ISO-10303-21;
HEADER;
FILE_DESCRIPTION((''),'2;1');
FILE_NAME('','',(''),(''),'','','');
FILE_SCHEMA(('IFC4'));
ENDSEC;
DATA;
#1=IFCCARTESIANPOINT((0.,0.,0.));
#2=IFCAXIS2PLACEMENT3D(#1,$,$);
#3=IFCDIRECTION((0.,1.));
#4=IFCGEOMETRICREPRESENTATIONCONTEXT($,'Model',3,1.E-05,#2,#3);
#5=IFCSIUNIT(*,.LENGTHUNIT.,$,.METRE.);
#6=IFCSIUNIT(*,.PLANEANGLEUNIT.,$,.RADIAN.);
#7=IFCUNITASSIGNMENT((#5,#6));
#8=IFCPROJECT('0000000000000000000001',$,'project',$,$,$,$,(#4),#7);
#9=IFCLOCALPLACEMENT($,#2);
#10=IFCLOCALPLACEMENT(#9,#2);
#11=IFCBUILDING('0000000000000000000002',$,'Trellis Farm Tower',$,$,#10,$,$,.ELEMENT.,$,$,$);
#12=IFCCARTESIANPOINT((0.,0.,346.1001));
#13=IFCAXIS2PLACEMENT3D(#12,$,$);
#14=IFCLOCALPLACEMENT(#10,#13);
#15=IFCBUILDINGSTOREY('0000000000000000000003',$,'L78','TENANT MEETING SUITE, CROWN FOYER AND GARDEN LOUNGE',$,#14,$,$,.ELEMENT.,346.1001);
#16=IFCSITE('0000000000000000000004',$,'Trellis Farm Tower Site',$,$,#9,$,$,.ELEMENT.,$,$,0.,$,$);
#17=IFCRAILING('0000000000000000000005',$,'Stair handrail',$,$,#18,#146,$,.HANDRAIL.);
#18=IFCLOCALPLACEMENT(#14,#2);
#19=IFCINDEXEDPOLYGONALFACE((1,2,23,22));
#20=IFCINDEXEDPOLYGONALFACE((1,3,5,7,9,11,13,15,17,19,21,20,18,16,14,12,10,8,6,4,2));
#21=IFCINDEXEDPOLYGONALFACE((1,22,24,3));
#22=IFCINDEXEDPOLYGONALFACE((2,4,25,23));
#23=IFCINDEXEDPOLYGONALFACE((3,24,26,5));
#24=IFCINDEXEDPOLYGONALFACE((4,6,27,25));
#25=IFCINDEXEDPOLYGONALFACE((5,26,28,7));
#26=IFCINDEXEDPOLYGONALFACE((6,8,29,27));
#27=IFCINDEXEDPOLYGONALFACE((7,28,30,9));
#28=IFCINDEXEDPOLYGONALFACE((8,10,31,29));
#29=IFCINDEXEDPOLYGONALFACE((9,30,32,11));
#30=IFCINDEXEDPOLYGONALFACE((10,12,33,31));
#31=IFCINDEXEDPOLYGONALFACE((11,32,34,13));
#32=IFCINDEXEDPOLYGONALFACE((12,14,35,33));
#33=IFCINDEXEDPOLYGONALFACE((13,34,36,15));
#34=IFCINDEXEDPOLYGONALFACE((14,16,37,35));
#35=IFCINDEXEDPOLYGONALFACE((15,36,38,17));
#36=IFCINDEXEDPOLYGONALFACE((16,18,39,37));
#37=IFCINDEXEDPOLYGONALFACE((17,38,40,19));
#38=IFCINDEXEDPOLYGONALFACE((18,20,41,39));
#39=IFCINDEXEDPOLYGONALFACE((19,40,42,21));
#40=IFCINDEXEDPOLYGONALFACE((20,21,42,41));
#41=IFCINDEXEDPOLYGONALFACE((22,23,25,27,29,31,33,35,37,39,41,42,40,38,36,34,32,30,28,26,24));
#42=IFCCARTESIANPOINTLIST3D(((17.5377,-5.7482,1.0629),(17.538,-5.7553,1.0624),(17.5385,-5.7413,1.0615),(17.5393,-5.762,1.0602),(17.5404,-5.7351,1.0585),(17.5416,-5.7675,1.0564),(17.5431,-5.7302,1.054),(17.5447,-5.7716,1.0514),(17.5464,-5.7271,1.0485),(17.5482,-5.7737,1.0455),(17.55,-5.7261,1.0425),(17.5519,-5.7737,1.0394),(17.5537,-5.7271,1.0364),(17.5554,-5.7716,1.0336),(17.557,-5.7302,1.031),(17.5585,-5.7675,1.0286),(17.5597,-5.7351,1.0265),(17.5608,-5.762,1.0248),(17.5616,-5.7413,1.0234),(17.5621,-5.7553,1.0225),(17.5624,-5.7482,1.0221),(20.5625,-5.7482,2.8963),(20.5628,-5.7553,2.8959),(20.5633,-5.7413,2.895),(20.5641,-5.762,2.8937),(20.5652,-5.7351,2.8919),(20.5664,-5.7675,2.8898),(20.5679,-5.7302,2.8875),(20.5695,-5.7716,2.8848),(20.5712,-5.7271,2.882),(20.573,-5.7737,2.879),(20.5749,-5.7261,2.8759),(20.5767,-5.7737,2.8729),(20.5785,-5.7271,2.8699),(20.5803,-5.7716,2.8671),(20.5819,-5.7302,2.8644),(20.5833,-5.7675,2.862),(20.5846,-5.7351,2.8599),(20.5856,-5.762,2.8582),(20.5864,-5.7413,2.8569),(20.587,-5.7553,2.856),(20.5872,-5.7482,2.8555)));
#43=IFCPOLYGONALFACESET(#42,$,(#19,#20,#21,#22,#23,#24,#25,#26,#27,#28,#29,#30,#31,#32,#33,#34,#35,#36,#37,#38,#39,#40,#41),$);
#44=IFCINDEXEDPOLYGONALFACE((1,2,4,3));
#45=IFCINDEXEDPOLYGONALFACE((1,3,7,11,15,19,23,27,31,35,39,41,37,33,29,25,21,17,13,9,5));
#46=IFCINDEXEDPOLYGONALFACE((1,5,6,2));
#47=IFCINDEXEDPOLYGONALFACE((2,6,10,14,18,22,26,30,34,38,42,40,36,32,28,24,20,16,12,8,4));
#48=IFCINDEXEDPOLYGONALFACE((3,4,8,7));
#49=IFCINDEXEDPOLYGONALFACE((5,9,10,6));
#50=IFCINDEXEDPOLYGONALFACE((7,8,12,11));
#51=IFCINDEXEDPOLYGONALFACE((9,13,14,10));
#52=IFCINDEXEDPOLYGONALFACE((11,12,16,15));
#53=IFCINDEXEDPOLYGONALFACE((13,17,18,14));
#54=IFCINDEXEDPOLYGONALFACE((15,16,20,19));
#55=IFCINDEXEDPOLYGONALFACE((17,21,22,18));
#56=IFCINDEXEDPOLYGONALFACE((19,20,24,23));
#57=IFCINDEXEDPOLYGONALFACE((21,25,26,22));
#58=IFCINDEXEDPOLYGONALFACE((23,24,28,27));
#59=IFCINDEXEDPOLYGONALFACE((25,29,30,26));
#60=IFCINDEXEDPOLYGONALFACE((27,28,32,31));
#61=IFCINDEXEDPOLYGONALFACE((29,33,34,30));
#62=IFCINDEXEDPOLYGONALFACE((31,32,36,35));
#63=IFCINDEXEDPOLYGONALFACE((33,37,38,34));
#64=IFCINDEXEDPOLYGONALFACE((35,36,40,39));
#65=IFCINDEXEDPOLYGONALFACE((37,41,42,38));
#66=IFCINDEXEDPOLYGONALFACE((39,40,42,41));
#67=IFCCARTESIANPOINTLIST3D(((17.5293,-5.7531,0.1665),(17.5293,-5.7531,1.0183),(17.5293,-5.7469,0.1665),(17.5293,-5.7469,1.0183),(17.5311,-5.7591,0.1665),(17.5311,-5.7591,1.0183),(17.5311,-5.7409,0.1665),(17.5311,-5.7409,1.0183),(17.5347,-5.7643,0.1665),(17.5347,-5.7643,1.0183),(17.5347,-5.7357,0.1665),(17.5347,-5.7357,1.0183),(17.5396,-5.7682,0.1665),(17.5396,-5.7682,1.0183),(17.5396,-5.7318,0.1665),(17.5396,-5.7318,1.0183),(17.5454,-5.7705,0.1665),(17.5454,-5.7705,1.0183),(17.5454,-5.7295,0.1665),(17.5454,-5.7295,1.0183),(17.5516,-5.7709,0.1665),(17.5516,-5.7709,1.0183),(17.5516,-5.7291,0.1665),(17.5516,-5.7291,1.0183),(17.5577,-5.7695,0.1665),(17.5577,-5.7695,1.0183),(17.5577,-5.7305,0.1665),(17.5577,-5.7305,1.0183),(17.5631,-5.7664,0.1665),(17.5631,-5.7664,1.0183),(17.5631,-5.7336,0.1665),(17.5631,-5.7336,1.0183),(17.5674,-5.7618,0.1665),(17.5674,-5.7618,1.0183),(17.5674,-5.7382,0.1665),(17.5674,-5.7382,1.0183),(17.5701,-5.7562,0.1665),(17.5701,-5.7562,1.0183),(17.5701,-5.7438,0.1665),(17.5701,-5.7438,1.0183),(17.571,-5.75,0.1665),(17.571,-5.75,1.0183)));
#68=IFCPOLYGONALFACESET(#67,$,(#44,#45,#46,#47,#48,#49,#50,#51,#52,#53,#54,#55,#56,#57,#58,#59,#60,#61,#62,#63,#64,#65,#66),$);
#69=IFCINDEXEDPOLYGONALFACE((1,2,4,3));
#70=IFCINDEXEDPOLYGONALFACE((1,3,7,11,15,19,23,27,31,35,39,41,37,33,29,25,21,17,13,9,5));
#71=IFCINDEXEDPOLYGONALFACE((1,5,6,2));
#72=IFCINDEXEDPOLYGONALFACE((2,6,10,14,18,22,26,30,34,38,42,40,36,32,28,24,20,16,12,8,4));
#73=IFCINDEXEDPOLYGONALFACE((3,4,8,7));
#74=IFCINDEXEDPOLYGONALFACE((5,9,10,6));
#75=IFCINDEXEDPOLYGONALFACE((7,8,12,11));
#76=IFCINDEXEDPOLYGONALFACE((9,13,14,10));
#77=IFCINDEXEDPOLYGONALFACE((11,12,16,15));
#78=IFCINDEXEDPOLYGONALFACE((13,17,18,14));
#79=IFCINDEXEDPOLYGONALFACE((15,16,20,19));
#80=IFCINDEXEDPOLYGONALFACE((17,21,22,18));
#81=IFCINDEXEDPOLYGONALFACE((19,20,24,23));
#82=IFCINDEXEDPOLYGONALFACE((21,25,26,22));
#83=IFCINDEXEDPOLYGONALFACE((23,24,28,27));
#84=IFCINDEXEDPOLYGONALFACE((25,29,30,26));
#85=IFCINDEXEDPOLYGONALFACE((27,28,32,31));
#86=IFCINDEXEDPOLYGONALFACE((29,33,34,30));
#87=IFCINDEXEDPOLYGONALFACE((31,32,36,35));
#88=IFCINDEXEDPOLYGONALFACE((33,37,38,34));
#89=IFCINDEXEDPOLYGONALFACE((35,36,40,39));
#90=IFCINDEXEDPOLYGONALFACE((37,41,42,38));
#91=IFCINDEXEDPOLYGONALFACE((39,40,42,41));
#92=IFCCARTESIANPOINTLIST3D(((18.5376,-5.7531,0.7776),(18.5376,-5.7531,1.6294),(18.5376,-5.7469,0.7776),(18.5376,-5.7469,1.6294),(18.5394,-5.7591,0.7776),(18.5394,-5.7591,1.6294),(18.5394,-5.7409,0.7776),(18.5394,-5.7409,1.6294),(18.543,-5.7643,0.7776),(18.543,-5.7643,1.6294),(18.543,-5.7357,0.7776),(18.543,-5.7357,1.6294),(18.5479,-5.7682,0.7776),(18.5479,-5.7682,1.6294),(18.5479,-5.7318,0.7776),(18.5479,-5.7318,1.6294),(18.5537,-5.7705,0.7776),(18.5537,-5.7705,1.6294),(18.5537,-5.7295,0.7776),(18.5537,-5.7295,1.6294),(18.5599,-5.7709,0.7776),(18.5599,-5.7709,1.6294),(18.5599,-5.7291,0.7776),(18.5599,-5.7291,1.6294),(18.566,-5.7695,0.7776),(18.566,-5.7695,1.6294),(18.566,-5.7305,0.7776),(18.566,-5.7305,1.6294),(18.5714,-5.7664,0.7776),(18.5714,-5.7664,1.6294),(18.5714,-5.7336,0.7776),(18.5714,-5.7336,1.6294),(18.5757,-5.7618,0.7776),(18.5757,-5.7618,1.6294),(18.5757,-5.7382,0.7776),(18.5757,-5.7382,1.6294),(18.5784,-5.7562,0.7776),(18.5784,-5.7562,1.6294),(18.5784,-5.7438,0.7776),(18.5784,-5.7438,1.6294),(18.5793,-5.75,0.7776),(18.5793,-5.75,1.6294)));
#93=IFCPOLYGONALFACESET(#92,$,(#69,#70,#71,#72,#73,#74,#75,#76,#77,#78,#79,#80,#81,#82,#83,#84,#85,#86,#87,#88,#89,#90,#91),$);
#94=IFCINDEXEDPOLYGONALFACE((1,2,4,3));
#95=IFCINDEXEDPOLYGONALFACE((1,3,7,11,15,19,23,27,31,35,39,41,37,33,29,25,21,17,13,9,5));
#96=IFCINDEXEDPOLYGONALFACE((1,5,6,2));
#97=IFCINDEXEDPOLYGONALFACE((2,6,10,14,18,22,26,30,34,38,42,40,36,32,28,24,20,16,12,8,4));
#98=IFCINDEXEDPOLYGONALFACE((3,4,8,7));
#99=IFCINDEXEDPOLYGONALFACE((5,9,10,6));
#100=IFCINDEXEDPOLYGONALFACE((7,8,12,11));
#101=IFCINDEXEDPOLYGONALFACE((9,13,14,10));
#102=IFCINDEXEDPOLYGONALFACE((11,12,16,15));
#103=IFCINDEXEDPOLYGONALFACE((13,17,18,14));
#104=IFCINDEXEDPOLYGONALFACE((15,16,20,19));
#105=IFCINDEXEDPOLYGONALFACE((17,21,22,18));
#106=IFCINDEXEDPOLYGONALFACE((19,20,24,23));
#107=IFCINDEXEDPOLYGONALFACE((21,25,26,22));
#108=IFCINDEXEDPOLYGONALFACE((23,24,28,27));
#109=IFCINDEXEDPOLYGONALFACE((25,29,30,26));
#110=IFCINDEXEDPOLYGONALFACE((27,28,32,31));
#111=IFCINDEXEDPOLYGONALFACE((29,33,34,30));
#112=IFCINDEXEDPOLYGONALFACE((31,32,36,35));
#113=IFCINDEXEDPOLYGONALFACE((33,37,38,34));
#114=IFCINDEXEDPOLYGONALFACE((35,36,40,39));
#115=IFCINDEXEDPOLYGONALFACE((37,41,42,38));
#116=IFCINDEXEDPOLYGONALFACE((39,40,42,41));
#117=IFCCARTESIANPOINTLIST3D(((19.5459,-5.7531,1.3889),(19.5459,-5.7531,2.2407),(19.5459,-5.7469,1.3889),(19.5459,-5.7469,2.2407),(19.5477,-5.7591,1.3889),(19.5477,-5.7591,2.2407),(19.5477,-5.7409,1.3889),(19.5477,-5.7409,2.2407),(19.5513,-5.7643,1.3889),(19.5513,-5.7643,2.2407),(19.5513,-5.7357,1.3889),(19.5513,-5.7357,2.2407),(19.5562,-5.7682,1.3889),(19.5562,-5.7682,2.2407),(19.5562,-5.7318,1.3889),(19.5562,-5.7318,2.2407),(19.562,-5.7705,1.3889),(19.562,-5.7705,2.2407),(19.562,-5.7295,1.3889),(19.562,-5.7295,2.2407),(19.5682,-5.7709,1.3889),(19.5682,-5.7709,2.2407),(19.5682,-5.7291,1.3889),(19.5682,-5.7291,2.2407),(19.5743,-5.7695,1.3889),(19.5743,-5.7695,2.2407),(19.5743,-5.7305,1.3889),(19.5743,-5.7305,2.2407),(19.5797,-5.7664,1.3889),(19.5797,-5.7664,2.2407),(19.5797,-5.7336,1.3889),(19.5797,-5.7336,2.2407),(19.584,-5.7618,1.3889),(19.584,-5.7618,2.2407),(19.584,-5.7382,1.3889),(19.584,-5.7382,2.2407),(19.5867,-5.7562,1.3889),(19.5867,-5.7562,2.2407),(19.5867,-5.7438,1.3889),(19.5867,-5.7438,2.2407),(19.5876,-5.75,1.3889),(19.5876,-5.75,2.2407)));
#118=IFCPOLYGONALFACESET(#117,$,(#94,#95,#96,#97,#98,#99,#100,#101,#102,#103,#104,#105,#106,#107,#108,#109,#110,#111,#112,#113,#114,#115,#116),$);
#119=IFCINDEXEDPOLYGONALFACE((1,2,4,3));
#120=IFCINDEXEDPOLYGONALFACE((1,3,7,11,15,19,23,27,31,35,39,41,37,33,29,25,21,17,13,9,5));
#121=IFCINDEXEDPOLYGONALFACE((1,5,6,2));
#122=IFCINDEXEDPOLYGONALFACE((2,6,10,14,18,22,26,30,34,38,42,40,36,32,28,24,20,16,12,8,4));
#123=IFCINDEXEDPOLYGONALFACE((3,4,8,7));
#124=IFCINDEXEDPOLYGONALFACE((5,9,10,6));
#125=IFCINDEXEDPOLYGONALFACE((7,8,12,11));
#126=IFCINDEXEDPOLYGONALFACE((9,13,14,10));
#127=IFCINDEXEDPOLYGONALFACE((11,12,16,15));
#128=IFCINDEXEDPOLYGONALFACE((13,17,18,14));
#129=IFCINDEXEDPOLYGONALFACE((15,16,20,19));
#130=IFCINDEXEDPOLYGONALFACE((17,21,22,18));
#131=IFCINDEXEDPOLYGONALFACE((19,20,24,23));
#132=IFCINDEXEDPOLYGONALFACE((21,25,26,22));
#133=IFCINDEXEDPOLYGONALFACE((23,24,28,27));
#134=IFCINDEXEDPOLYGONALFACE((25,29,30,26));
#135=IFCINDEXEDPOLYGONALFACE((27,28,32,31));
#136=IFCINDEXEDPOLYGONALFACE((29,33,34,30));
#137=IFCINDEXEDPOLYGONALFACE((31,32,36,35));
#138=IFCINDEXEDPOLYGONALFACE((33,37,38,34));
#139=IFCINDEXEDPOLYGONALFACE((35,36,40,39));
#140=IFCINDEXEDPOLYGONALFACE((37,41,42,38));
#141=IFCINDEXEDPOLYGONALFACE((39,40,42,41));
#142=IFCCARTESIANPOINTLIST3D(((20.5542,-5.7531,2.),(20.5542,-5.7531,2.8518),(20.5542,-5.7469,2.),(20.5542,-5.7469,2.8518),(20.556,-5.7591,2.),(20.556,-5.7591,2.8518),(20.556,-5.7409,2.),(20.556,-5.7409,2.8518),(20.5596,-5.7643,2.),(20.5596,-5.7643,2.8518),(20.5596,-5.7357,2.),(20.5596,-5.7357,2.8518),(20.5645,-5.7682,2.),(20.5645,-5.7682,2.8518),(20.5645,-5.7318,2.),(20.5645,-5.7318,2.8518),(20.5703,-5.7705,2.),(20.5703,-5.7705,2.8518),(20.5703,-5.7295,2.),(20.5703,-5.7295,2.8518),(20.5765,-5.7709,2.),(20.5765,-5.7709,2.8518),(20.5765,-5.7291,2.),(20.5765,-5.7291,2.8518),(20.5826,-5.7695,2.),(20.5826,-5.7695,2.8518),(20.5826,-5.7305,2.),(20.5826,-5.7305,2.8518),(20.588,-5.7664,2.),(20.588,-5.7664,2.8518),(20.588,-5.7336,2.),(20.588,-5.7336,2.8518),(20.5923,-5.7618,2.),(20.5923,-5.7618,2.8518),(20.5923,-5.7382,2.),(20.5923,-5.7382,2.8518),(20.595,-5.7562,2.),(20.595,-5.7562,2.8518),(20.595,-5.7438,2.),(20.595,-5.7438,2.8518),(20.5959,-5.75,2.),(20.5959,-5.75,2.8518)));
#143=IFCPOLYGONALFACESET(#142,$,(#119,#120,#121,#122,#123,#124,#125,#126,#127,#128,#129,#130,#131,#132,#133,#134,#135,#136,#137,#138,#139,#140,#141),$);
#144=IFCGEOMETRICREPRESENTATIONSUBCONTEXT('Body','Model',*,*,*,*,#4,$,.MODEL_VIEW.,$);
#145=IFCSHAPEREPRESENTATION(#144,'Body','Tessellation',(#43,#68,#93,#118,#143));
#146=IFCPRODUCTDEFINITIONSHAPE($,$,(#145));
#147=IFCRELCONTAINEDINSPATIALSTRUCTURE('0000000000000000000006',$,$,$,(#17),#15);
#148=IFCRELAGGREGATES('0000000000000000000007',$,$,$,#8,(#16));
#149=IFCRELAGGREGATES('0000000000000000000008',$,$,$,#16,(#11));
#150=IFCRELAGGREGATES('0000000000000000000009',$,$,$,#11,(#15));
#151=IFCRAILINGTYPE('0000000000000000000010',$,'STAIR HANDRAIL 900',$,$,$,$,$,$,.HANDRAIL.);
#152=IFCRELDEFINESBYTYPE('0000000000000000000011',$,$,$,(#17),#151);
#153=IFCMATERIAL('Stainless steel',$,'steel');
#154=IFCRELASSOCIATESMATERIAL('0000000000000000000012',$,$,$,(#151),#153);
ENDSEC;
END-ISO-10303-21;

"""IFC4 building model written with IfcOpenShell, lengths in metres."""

from ifc_helpers import new_model, si_unit, direction, frame, origin, origin_2d, place, context, subcontext, project, spatial, circle, extrude, source, transform, mapped, material, type_object, element, save


model = new_model("IFC4")

# Units and contexts
model_context = context("Model", 3, precision=1e-05, world=origin(), true_north=direction((0.0, 1.0)))
body_context = subcontext(model_context, "Body", "Model", "MODEL_VIEW")
ifc_project = project(units=[si_unit("LENGTHUNIT", "METRE"), si_unit("PLANEANGLEUNIT", "RADIAN")], contexts=[model_context])

# Site, building, storey
site_placement = place(None, origin())
site = spatial("IfcSite", under=ifc_project, at=site_placement, Name="Trellis Farm Tower Site", CompositionType="ELEMENT", RefElevation=0.0)
building_placement = place(site_placement, origin())
building = spatial("IfcBuilding", under=site, at=building_placement, Name="Trellis Farm Tower", CompositionType="ELEMENT")
storey_placement = place(building_placement, frame((0.0, 0.0, 346.1001)))
storey = spatial("IfcBuildingStorey", under=building, at=storey_placement, Name="L78", Description="TENANT MEETING SUITE, CROWN FOYER AND GARDEN LOUNGE", CompositionType="ELEMENT", Elevation=346.1001)

# Railing
ifc_material_1 = material(Name="Stainless steel", Category="steel")
railing_type = type_object("IfcRailingType", Name="STAIR HANDRAIL 900", PredefinedType="HANDRAIL", material=ifc_material_1)
shared_shape_1 = source(origin(), body_context, "Body", "SweptSolid", [
    extrude(circle(Radius=0.0239, at=origin_2d()), frame((0.0, 0.0, 0.876), z_axis=(0.85517, 0.0, 0.518348), x_axis=(0.0, 1.0, 0.0)), (0.0, 0.0, 1.0), 3.5371),
    extrude(circle(Radius=0.021, at=origin_2d()), origin(), (0.0, 0.0, 1.0), 0.8518),
    extrude(circle(Radius=0.021, at=origin_2d()), frame((1.0083, 0.0, 0.6111)), (0.0, 0.0, 1.0), 0.8518),
    extrude(circle(Radius=0.021, at=origin_2d()), frame((2.0166, 0.0, 1.2224)), (0.0, 0.0, 1.0), 0.8518),
    extrude(circle(Radius=0.021, at=origin_2d()), frame((3.0249, 0.0, 1.8335)), (0.0, 0.0, 1.0), 0.8518),
])
for number, where, name in (
    (1, (17.55, -5.75, 0.1665), "Stair handrail"),
):
    element("IfcRailing", number, at=place(storey_placement, frame(where)), inside=storey, type_object=railing_type, Name=name, PredefinedType="HANDRAIL", context=body_context, shape_type="MappedRepresentation", body=[
        mapped(shared_shape_1, transform((0.0, 0.0, 0.0))),
    ])

save(model, "model.ifc")
